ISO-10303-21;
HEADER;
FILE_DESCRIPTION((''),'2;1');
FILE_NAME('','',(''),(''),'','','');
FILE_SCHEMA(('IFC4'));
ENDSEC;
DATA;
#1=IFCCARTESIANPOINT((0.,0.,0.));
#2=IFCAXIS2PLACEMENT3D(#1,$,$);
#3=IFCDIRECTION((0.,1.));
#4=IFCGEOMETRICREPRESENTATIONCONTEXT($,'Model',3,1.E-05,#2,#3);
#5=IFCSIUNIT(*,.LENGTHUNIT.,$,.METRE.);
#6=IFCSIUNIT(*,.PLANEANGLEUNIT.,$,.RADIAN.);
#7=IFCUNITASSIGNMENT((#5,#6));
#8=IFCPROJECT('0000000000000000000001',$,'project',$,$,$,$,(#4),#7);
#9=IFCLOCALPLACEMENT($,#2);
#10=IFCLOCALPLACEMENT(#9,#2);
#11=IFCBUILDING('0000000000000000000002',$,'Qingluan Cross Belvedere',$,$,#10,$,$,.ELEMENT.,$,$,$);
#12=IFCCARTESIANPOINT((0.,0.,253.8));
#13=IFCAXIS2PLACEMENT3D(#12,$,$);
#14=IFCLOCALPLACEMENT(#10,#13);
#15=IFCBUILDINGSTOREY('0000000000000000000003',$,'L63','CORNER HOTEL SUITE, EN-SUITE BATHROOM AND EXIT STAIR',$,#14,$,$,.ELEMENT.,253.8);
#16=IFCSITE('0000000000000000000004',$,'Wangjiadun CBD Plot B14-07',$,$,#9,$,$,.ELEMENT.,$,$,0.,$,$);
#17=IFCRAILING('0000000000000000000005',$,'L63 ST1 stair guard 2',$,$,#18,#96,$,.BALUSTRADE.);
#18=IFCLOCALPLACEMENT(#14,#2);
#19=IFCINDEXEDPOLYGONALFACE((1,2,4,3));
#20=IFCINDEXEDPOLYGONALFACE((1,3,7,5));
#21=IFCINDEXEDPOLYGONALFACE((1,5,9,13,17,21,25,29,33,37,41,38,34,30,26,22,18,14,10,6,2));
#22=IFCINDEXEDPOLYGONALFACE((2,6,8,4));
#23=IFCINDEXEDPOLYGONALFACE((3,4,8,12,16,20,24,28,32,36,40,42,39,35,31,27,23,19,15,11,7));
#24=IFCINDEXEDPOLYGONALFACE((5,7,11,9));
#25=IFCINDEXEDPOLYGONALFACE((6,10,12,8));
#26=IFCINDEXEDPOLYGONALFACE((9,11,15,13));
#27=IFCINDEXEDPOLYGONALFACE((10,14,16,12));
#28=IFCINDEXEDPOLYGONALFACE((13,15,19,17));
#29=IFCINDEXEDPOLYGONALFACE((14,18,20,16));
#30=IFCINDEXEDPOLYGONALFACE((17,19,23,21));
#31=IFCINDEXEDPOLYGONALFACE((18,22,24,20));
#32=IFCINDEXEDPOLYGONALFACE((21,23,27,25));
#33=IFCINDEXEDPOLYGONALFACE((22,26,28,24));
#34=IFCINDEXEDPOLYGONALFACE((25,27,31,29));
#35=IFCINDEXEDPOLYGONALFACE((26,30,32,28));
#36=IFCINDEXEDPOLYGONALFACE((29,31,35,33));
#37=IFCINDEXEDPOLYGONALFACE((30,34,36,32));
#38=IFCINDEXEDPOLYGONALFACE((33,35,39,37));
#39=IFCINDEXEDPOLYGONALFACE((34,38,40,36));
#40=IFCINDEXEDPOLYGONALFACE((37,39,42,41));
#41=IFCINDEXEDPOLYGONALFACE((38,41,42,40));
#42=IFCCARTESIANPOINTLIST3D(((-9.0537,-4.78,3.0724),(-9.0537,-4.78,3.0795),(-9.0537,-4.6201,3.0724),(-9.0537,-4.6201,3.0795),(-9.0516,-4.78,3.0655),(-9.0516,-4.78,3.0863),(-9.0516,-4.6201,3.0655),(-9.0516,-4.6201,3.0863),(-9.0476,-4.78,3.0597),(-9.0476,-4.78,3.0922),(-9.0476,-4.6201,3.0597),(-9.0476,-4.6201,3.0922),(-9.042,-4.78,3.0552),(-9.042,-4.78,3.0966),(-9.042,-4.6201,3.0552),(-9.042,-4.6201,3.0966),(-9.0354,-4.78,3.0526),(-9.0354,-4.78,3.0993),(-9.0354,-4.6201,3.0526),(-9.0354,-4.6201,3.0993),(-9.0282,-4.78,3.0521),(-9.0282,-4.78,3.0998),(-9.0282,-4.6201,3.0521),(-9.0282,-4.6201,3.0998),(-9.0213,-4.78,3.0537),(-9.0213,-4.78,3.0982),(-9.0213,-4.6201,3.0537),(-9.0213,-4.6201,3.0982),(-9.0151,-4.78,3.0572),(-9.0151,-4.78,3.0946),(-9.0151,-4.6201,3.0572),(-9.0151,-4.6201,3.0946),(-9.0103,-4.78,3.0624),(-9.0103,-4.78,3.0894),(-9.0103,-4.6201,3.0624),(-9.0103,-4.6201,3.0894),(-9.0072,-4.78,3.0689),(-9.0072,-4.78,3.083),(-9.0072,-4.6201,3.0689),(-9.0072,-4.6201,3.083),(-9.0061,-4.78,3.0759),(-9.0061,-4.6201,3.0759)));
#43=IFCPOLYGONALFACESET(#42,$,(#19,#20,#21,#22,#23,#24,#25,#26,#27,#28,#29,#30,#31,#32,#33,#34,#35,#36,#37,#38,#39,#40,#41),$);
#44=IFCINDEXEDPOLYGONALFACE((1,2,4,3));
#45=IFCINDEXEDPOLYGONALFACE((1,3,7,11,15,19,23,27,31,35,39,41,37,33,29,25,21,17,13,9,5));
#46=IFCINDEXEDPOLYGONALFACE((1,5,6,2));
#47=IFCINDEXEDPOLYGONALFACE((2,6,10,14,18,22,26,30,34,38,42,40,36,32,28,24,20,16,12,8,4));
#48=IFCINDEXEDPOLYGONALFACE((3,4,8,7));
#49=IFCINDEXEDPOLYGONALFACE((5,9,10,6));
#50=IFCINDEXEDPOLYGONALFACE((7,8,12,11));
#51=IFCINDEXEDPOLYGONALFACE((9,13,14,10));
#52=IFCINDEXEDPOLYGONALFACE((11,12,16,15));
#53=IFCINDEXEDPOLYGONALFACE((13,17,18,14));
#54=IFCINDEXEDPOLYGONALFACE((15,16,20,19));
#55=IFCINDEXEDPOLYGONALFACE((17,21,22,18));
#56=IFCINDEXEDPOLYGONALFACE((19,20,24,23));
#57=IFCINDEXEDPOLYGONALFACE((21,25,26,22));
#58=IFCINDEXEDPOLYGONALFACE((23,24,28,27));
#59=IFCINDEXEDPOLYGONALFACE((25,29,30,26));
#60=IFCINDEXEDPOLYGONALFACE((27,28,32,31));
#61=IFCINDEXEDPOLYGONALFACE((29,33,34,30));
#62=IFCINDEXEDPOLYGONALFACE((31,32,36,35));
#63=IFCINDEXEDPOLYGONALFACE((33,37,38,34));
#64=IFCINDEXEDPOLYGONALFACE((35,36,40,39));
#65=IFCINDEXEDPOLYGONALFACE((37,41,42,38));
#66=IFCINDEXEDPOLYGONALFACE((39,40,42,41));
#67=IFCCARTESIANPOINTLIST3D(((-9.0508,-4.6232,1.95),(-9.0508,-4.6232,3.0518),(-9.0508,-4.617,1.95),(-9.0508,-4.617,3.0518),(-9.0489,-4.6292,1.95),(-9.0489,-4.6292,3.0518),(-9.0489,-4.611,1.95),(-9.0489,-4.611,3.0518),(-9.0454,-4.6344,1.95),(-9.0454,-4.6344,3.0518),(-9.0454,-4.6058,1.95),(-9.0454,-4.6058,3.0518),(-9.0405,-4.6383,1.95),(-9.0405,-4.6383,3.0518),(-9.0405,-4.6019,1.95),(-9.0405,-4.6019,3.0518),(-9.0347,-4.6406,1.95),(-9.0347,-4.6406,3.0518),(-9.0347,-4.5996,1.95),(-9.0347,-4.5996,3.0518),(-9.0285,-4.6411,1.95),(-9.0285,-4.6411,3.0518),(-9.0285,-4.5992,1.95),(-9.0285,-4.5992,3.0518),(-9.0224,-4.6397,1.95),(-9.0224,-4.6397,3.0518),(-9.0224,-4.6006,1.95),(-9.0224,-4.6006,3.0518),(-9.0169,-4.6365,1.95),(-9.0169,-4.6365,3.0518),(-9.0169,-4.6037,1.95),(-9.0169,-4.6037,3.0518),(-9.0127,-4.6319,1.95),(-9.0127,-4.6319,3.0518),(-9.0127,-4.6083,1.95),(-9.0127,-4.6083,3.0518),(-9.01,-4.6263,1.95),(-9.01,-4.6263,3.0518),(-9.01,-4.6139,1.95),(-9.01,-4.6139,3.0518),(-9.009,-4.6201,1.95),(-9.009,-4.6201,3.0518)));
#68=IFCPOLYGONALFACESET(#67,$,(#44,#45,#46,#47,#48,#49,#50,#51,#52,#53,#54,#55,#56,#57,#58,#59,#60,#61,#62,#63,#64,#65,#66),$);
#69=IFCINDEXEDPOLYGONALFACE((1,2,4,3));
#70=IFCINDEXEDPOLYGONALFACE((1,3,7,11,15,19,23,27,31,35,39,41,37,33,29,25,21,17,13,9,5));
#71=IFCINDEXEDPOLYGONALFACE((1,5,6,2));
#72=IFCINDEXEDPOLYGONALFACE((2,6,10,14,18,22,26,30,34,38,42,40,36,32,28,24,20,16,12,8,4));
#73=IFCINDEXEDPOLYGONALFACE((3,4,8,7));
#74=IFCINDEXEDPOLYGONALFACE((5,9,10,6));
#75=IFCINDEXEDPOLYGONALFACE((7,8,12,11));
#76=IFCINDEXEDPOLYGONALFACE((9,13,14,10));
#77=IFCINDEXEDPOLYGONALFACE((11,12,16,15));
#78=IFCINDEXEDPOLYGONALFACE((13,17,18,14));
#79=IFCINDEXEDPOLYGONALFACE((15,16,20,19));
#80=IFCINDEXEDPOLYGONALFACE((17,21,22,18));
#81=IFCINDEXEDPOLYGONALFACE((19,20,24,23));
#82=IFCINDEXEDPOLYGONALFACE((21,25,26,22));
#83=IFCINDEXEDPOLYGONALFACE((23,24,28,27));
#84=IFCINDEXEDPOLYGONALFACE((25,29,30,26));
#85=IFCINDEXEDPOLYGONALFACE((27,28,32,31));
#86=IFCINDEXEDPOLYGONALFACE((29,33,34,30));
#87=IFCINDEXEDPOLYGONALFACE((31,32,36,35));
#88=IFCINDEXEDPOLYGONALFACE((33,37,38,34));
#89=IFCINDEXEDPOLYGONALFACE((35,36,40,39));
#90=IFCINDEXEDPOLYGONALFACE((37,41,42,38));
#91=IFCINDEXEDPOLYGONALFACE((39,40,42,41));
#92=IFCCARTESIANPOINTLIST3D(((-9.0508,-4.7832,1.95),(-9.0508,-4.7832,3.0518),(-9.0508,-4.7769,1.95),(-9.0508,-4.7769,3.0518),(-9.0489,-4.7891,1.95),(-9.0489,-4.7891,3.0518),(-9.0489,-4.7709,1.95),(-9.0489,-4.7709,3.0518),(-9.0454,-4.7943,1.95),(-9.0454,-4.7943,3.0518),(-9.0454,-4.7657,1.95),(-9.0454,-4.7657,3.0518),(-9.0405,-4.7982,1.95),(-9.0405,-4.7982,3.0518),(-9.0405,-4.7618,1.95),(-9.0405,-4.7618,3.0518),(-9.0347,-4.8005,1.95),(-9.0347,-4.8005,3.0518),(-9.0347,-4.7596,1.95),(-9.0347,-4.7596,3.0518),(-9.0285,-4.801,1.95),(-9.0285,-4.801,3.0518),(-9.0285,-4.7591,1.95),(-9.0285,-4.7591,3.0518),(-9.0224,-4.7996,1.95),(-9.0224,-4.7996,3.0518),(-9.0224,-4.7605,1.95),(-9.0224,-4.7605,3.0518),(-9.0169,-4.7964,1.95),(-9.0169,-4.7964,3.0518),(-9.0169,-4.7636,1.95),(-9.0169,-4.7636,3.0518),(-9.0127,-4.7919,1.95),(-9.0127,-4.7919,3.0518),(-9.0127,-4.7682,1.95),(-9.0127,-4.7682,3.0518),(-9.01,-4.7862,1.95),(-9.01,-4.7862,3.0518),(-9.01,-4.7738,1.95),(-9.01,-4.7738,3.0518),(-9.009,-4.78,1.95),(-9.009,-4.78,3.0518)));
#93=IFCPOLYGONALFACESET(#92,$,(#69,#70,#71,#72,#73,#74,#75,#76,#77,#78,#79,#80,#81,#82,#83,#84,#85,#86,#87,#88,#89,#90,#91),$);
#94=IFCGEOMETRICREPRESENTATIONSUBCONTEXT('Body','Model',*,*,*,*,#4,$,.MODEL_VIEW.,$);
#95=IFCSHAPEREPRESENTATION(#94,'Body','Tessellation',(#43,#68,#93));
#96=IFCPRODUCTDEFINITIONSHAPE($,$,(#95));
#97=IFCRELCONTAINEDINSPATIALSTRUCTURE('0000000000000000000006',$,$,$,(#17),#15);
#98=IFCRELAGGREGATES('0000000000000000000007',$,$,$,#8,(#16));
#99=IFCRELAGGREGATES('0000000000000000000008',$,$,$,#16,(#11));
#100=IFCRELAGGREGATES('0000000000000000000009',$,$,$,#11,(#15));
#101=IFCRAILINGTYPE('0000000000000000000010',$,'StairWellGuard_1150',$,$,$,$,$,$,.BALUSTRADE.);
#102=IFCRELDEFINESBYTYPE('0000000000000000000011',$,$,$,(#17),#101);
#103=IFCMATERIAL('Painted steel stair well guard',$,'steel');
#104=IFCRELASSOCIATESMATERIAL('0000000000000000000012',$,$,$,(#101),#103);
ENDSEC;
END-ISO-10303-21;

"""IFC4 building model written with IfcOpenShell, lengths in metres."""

from ifc_helpers import new_model, si_unit, direction, frame, origin, origin_2d, place, context, subcontext, project, spatial, circle, extrude, material, type_object, element, save


model = new_model("IFC4")

# Units and contexts
model_context = context("Model", 3, precision=1e-05, world=origin(), true_north=direction((0.0, 1.0)))
body_context = subcontext(model_context, "Body", "Model", "MODEL_VIEW")
ifc_project = project(units=[si_unit("LENGTHUNIT", "METRE"), si_unit("PLANEANGLEUNIT", "RADIAN")], contexts=[model_context])

# Site, building, storey
site_placement = place(None, origin())
site = spatial("IfcSite", under=ifc_project, at=site_placement, Name="Wangjiadun CBD Plot B14-07", CompositionType="ELEMENT", RefElevation=0.0)
building_placement = place(site_placement, origin())
building = spatial("IfcBuilding", under=site, at=building_placement, Name="Qingluan Cross Belvedere", CompositionType="ELEMENT")
storey_placement = place(building_placement, frame((0.0, 0.0, 253.8)))
storey = spatial("IfcBuildingStorey", under=building, at=storey_placement, Name="L63", Description="CORNER HOTEL SUITE, EN-SUITE BATHROOM AND EXIT STAIR", CompositionType="ELEMENT", Elevation=253.8)

# Railing
ifc_material_1 = material(Name="Painted steel stair well guard", Category="steel")
railing_type_1 = type_object("IfcRailingType", Name="StairWellGuard_1150", PredefinedType="BALUSTRADE", material=ifc_material_1)
railing_1_placement = place(storey_placement, frame((-9.03, -4.6201, 1.95)))
element("IfcRailing", 1, at=railing_1_placement, inside=storey, type_object=railing_type_1, Name="L63 ST1 stair guard 2", PredefinedType="BALUSTRADE", context=body_context, shape_type="SweptSolid", body=[
    extrude(circle(Radius=0.0239, at=origin_2d()), frame((0.0, 0.0, 1.126), z_axis=(0.0, -1.0, 0.0), x_axis=(1.0, 0.0, 0.0)), (0.0, 0.0, 1.0), 0.1599),
    extrude(circle(Radius=0.021, at=origin_2d()), origin(), (0.0, 0.0, 1.0), 1.1018),
    extrude(circle(Radius=0.021, at=origin_2d()), frame((0.0, -0.1599, 0.0)), (0.0, 0.0, 1.0), 1.1018),
])

save(model, "model.ifc")
